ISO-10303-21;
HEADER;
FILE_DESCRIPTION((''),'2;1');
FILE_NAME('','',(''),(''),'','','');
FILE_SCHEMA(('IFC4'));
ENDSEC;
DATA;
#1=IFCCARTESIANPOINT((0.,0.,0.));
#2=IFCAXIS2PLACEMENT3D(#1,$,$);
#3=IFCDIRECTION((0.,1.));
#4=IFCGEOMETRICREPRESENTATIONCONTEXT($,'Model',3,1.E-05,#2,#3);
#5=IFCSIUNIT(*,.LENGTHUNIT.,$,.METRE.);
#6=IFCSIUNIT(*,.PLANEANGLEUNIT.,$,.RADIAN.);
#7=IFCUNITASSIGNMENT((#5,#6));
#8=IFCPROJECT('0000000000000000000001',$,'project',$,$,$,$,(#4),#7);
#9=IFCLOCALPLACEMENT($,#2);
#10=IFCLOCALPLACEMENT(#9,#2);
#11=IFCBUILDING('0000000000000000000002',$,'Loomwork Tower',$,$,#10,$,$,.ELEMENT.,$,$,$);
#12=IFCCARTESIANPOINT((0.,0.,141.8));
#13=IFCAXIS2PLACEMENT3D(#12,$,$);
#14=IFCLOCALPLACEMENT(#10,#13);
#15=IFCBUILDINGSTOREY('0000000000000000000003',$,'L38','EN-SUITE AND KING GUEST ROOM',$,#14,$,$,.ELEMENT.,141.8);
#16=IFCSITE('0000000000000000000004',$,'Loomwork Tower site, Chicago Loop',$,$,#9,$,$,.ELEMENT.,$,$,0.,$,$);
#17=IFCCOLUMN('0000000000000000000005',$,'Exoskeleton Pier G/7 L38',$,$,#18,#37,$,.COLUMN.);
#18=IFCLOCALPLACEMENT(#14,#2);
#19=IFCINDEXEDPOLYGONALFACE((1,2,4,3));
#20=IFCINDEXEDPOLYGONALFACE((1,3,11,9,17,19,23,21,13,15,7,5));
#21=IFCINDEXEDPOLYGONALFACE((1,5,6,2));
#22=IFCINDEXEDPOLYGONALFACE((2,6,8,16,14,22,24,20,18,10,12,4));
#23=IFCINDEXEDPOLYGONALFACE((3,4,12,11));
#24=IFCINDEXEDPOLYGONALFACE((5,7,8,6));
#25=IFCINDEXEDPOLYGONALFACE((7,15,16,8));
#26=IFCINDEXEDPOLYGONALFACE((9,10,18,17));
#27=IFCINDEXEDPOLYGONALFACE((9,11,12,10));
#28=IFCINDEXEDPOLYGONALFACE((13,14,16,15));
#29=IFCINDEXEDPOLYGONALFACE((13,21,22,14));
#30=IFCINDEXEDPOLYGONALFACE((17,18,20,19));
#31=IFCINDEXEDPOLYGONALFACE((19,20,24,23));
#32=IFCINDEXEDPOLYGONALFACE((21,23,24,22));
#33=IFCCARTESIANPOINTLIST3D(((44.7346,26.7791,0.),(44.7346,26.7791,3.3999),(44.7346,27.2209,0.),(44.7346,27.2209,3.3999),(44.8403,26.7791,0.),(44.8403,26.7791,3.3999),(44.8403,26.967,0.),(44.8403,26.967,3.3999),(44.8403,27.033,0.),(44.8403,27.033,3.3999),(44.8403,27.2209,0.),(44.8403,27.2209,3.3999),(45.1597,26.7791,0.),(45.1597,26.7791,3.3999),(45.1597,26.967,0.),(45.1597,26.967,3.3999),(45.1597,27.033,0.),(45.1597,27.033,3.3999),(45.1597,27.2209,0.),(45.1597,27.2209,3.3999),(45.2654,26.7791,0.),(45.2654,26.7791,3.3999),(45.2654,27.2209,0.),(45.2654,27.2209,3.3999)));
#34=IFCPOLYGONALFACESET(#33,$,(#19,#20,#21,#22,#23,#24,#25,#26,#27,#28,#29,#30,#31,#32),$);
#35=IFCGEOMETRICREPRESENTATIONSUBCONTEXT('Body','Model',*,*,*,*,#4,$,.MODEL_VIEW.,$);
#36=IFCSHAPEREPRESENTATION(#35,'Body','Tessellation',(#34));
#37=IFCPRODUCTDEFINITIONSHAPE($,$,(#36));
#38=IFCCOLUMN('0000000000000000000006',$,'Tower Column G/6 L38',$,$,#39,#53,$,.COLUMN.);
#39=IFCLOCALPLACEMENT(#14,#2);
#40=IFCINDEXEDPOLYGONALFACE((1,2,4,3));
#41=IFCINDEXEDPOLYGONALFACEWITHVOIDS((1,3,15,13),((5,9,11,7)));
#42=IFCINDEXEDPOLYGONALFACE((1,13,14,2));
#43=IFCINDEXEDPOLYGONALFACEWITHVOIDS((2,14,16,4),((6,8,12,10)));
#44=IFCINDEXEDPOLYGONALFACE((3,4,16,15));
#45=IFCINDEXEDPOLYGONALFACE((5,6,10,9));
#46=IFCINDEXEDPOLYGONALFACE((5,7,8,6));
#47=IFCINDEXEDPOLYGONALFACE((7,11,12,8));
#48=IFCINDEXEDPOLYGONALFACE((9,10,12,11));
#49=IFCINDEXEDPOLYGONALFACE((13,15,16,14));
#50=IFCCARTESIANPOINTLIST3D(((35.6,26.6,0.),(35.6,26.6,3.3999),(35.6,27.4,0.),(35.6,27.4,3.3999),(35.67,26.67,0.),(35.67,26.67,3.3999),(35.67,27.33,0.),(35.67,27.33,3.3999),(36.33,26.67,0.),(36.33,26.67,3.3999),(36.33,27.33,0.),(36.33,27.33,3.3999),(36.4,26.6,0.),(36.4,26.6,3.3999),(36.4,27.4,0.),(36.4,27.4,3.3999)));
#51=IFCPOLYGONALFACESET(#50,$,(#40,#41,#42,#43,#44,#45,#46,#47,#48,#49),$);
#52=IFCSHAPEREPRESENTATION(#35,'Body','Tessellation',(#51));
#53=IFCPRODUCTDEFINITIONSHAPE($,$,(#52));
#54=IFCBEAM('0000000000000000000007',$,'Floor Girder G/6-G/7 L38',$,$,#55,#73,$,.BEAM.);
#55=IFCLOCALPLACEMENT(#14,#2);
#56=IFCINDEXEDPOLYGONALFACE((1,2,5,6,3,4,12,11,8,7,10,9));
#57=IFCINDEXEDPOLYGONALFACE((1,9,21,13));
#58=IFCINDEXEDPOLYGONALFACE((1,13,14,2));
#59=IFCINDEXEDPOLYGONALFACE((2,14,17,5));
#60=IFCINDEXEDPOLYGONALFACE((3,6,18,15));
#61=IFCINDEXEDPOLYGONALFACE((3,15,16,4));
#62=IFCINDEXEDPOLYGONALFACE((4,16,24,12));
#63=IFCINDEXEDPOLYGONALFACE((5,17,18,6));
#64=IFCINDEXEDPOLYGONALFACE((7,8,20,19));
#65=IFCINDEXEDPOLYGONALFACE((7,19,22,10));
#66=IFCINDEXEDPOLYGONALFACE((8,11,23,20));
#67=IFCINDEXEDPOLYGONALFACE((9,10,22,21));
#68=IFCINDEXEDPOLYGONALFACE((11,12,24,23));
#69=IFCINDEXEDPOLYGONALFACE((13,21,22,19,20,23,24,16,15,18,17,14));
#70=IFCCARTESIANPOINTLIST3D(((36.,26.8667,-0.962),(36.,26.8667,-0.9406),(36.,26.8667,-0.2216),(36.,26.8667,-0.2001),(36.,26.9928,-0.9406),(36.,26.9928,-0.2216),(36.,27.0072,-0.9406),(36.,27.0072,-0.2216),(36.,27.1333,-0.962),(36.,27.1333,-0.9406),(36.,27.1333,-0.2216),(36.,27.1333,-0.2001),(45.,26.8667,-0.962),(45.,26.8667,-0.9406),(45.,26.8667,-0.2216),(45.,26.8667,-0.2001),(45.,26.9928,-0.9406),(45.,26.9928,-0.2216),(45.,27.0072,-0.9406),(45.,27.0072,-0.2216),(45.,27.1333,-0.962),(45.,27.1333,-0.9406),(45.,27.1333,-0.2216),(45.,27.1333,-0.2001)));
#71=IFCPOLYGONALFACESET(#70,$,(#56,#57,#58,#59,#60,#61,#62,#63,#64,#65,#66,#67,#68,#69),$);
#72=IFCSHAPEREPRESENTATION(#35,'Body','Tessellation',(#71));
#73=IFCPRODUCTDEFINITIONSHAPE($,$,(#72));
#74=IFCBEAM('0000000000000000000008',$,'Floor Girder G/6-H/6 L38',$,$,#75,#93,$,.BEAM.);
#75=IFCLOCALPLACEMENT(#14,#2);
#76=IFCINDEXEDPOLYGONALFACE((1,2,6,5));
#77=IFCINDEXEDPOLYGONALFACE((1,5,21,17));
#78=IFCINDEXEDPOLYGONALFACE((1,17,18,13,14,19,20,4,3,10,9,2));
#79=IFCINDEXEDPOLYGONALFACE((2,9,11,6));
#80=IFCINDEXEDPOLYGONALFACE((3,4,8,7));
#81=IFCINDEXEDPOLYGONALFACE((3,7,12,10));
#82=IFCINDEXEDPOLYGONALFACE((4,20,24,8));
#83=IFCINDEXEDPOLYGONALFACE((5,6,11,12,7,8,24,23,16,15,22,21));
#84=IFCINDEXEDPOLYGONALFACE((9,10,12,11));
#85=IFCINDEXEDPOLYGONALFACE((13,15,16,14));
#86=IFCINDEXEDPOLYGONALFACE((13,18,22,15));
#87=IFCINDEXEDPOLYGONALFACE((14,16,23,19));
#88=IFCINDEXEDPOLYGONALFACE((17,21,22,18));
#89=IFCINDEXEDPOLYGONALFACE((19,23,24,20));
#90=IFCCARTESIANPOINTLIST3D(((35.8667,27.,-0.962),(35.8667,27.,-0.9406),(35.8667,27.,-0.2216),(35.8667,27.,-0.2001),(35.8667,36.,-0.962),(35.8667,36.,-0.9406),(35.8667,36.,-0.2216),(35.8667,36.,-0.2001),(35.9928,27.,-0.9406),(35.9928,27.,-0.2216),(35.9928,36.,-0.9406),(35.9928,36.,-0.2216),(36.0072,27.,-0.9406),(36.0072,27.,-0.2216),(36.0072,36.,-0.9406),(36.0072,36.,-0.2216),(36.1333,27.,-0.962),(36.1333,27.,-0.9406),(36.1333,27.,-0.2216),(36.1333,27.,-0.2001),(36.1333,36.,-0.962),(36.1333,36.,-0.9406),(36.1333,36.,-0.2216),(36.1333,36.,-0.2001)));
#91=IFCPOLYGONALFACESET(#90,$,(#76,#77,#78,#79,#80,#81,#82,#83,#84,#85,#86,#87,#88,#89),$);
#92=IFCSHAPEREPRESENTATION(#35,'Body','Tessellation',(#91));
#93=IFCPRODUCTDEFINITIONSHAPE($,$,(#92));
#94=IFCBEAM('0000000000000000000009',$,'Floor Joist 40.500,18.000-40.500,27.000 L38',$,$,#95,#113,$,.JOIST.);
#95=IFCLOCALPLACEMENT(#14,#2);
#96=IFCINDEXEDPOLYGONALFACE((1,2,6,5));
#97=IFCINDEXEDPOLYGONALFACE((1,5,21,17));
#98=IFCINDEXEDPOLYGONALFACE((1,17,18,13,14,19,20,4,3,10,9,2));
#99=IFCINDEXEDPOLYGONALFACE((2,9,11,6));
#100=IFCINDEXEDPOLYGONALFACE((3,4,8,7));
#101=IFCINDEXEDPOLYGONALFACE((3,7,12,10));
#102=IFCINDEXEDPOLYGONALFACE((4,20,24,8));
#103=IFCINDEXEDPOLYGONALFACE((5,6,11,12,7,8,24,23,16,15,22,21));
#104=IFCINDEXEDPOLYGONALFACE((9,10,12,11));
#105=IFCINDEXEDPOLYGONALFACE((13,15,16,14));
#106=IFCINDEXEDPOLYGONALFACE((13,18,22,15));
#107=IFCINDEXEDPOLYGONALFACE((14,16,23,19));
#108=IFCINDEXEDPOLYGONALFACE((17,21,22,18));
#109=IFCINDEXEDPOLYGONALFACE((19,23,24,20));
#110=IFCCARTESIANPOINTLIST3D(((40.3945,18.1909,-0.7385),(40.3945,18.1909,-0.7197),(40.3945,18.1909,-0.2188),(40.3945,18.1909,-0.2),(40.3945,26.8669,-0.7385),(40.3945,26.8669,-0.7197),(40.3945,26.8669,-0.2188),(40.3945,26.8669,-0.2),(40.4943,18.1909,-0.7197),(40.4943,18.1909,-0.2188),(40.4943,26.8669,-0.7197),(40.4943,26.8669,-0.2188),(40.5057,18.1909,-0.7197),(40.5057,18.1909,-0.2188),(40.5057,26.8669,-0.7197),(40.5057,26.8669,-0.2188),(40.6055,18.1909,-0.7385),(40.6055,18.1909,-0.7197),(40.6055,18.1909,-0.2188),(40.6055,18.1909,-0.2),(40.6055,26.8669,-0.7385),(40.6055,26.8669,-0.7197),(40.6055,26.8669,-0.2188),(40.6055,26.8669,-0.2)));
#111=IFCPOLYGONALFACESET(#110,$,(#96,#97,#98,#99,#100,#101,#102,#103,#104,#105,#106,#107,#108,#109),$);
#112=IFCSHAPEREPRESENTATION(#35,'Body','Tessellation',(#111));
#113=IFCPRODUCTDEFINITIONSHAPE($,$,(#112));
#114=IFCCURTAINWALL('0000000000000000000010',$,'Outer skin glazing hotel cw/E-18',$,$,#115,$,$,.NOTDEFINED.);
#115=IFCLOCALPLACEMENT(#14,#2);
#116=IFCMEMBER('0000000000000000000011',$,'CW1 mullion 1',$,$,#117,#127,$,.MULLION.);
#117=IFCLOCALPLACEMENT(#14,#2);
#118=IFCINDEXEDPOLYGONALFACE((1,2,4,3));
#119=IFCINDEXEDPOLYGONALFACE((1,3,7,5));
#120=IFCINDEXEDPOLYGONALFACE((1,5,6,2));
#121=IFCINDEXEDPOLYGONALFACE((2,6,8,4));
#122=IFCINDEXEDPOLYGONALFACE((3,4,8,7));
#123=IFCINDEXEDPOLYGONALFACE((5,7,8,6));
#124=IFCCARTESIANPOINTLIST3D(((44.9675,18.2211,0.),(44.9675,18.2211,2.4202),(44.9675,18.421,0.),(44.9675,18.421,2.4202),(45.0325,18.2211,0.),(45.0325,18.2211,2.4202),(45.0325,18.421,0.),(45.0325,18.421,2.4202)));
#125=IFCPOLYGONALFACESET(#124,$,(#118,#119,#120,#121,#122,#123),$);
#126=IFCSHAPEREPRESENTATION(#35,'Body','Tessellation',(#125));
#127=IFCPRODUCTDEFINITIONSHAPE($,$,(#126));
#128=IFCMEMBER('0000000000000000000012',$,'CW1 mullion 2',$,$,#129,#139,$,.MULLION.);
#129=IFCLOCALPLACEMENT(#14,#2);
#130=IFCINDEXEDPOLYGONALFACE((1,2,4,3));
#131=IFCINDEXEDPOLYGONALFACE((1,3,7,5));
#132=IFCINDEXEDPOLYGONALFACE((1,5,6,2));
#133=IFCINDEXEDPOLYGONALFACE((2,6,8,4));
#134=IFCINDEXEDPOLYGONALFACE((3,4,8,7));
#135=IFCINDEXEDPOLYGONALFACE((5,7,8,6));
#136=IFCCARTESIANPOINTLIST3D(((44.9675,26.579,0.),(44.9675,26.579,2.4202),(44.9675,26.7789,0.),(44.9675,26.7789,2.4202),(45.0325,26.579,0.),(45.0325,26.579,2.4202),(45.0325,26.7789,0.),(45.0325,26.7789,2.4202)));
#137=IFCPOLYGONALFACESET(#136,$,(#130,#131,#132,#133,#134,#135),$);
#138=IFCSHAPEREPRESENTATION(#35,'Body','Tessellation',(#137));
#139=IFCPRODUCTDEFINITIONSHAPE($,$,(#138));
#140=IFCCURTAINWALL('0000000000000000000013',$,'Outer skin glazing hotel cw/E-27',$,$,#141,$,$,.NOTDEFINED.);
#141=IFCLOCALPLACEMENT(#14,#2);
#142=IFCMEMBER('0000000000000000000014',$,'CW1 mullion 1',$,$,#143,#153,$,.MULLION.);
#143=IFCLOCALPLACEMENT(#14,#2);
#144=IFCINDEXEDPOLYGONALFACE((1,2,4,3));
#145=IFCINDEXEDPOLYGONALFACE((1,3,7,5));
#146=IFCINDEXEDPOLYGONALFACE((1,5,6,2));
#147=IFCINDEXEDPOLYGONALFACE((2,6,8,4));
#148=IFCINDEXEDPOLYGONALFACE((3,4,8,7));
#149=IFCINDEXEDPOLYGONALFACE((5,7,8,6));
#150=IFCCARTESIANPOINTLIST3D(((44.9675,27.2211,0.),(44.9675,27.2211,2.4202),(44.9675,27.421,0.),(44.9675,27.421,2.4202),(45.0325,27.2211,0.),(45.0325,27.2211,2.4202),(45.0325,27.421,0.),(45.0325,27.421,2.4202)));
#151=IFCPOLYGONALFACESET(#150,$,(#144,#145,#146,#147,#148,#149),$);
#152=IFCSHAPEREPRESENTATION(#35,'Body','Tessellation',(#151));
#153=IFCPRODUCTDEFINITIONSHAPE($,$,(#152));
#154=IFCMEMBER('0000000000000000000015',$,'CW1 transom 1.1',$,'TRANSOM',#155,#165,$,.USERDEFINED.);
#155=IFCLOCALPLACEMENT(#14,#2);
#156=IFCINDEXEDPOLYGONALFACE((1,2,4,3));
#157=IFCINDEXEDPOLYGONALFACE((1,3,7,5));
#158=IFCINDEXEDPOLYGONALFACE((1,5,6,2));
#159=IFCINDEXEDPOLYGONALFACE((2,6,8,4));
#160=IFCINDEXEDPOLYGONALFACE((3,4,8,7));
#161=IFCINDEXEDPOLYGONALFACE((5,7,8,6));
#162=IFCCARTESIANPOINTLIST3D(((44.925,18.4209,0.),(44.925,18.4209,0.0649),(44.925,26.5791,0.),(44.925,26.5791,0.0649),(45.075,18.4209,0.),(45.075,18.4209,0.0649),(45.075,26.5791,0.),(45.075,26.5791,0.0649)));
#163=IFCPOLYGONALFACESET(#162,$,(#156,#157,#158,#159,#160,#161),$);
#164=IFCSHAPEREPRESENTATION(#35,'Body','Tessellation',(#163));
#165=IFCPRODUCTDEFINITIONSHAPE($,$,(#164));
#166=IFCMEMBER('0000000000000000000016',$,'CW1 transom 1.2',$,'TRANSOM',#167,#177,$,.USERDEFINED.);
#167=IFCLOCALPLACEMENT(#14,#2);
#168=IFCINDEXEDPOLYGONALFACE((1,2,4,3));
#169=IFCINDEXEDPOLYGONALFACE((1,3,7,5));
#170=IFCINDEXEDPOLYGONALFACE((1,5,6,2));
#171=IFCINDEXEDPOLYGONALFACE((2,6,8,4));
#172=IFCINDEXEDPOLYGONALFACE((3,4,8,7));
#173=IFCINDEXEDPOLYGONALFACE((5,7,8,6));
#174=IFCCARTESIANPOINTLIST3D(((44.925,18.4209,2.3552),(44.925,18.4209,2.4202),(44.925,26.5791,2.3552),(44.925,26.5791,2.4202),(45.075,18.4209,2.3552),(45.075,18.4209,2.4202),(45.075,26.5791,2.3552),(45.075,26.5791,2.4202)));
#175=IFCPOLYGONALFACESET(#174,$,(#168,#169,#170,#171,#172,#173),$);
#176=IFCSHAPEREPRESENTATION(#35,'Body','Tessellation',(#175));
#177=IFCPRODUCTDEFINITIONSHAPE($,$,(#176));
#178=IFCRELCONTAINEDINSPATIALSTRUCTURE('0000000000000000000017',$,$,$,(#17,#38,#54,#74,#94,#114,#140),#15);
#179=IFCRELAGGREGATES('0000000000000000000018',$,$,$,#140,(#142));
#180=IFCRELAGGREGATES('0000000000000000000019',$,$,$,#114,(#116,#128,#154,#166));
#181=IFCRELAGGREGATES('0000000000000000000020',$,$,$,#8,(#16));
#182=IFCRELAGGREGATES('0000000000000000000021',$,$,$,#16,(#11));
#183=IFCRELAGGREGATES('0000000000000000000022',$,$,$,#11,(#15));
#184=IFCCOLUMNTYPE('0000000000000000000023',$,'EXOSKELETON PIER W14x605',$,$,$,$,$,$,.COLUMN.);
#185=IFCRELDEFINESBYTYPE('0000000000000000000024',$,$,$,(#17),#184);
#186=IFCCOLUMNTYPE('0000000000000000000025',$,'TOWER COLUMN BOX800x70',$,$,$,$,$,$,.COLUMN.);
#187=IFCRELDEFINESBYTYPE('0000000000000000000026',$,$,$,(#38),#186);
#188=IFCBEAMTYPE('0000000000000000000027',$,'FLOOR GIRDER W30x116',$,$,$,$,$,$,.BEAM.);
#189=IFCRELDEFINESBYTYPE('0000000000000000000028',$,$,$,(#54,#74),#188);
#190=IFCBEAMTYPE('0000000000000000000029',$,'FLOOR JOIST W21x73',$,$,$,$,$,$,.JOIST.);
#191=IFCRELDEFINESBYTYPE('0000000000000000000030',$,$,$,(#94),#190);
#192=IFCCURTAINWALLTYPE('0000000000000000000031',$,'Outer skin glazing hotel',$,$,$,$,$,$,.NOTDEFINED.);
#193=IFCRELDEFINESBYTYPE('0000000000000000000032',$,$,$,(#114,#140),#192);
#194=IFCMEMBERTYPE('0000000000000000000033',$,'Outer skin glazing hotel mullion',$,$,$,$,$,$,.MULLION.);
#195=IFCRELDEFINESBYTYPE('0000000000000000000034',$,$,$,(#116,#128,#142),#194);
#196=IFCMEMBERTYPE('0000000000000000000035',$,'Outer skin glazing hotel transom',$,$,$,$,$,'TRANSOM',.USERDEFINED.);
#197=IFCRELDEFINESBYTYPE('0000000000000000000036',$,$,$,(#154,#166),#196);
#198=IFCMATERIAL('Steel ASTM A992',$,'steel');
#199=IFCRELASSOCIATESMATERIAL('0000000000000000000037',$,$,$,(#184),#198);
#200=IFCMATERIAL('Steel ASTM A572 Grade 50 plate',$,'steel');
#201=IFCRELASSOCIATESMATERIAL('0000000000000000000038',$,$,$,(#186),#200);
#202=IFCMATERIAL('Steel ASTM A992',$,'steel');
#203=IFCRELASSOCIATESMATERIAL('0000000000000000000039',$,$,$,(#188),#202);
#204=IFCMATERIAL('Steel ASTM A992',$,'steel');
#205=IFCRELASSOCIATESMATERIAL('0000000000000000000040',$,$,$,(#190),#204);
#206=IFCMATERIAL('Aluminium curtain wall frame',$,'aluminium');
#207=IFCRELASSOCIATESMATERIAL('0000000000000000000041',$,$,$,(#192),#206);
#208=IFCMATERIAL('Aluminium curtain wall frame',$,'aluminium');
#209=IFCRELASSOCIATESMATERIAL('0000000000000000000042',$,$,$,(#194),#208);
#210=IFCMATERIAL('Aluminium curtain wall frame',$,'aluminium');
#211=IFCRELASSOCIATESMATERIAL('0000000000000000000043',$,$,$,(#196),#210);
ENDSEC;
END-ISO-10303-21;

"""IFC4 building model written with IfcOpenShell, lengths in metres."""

from ifc_helpers import new_model, si_unit, direction, frame, origin, origin_2d, place, context, subcontext, project, spatial, rectangle, hollow_rectangle, i_section, extrude, material, material_profile, profile_set, type_object, element, aggregate, save


model = new_model("IFC4")

# Units and contexts
model_context = context("Model", 3, precision=1e-05, world=origin(), true_north=direction((0.0, 1.0)))
body_context = subcontext(model_context, "Body", "Model", "MODEL_VIEW")
ifc_project = project(units=[si_unit("LENGTHUNIT", "METRE"), si_unit("PLANEANGLEUNIT", "RADIAN")], contexts=[model_context])

# Site, building, storey
site_placement = place(None, origin())
site = spatial("IfcSite", under=ifc_project, at=site_placement, Name="Loomwork Tower site, Chicago Loop", CompositionType="ELEMENT", RefElevation=0.0)
building_placement = place(site_placement, origin())
building = spatial("IfcBuilding", under=site, at=building_placement, Name="Loomwork Tower", CompositionType="ELEMENT")
storey_placement = place(building_placement, frame((0.0, 0.0, 141.8)))
storey = spatial("IfcBuildingStorey", under=building, at=storey_placement, Name="L38", Description="EN-SUITE AND KING GUEST ROOM", CompositionType="ELEMENT", Elevation=141.8)

# Columns
ifc_material_1 = material(Name="Steel ASTM A992", Category="steel")
ifc_material_profile_1 = material_profile(ifc_material_1, i_section(OverallWidth=0.4419, OverallDepth=0.5308, WebThickness=0.0659, FlangeThickness=0.1057, at=origin_2d()), Name="W14x605")
ifc_profile_set_1 = profile_set([ifc_material_profile_1], Name="Steel ASTM A992")
column_type_1 = type_object("IfcColumnType", Name="EXOSKELETON PIER W14x605", PredefinedType="COLUMN", material=ifc_profile_set_1)
column_1_placement = place(storey_placement, frame((45.0, 27.0, 0.0), z_axis=(0.0, 0.0, 1.0), x_axis=(0.0, 1.0, 0.0)))
element("IfcColumn", 1, at=column_1_placement, inside=storey, type_object=column_type_1, Name="Exoskeleton Pier G/7 L38", PredefinedType="COLUMN", context=body_context, shape_type="SweptSolid", body=[
    extrude(i_section(OverallWidth=0.4419, OverallDepth=0.5308, WebThickness=0.0659, FlangeThickness=0.1057, at=origin_2d()), origin(), (0.0, 0.0, 1.0), 3.3999),
])
ifc_material_2 = material(Name="Steel ASTM A572 Grade 50 plate", Category="steel")
ifc_material_profile_2 = material_profile(ifc_material_2, hollow_rectangle(XDim=0.8, YDim=0.8, WallThickness=0.0701, at=origin_2d()), Name="BOX800x70")
ifc_profile_set_2 = profile_set([ifc_material_profile_2], Name="Steel ASTM A572 Grade 50 plate")
column_type_2 = type_object("IfcColumnType", Name="TOWER COLUMN BOX800x70", PredefinedType="COLUMN", material=ifc_profile_set_2)
column_2_placement = place(storey_placement, frame((36.0, 27.0, 0.0), z_axis=(0.0, 0.0, 1.0), x_axis=(1.0, 0.0, 0.0)))
element("IfcColumn", 2, at=column_2_placement, inside=storey, type_object=column_type_2, Name="Tower Column G/6 L38", PredefinedType="COLUMN", context=body_context, shape_type="SweptSolid", body=[
    extrude(hollow_rectangle(XDim=0.8, YDim=0.8, WallThickness=0.0701, at=origin_2d()), origin(), (0.0, 0.0, 1.0), 3.3999),
])

# Beams
ifc_material_3 = material(Name="Steel ASTM A992", Category="steel")
ifc_material_profile_3 = material_profile(ifc_material_3, i_section(OverallWidth=0.2666, OverallDepth=0.762, WebThickness=0.0144, FlangeThickness=0.0215, at=origin_2d()), Name="W30x116")
ifc_profile_set_3 = profile_set([ifc_material_profile_3], Name="Steel ASTM A992")
beam_type_1 = type_object("IfcBeamType", Name="FLOOR GIRDER W30x116", PredefinedType="BEAM", material=ifc_profile_set_3)
for number, where, z_axis, x_axis, name in (
    (3, (36.0, 27.0, -0.5811), (1.0, 0.0, 0.0), (0.0, 1.0, 0.0), "Floor Girder G/6-G/7 L38"),
    (4, (36.0, 27.0, -0.5811), (0.0, 1.0, 0.0), (-1.0, 0.0, 0.0), "Floor Girder G/6-H/6 L38"),
):
    element("IfcBeam", number, at=place(storey_placement, frame(where, z_axis=z_axis, x_axis=x_axis)), inside=storey, type_object=beam_type_1, Name=name, PredefinedType="BEAM", context=body_context, shape_type="SweptSolid", body=[
        extrude(i_section(OverallWidth=0.2666, OverallDepth=0.762, WebThickness=0.0144, FlangeThickness=0.0215, at=origin_2d()), origin(), (0.0, 0.0, 1.0), 9.0),
    ])
ifc_material_4 = material(Name="Steel ASTM A992", Category="steel")
ifc_material_profile_4 = material_profile(ifc_material_4, i_section(OverallWidth=0.2109, OverallDepth=0.5386, WebThickness=0.0115, FlangeThickness=0.0188, at=origin_2d()), Name="W21x73")
ifc_profile_set_4 = profile_set([ifc_material_profile_4], Name="Steel ASTM A992")
beam_type_2 = type_object("IfcBeamType", Name="FLOOR JOIST W21x73", PredefinedType="JOIST", material=ifc_profile_set_4)
beam_1_placement = place(storey_placement, frame((40.5, 18.1909, -0.4692), z_axis=(0.0, 1.0, 0.0), x_axis=(-1.0, 0.0, 0.0)))
element("IfcBeam", 5, at=beam_1_placement, inside=storey, type_object=beam_type_2, Name="Floor Joist 40.500,18.000-40.500,27.000 L38", PredefinedType="JOIST", context=body_context, shape_type="SweptSolid", body=[
    extrude(i_section(OverallWidth=0.2109, OverallDepth=0.5386, WebThickness=0.0115, FlangeThickness=0.0188, at=origin_2d()), origin(), (0.0, 0.0, 1.0), 8.676),
])

# Curtain wall, members
ifc_material_5 = material(Name="Aluminium curtain wall frame", Category="aluminium")
curtain_wall_type = type_object("IfcCurtainWallType", Name="Outer skin glazing hotel", PredefinedType="NOTDEFINED", material=ifc_material_5)
curtain_wall_1_placement = place(storey_placement, origin())
curtain_wall_1 = element("IfcCurtainWall", 6, at=curtain_wall_1_placement, inside=storey, type_object=curtain_wall_type, Name="Outer skin glazing hotel cw/E-18", PredefinedType="NOTDEFINED")
ifc_material_6 = material(Name="Aluminium curtain wall frame", Category="aluminium")
ifc_material_profile_5 = material_profile(ifc_material_6, rectangle(XDim=0.0649, YDim=0.2, at=origin_2d()), Name="AL 65x200")
ifc_profile_set_5 = profile_set([ifc_material_profile_5], Name="Aluminium curtain wall frame")
member_type_1 = type_object("IfcMemberType", Name="Outer skin glazing hotel mullion", PredefinedType="MULLION", material=ifc_profile_set_5)
member_1_placement = place(storey_placement, frame((45.0, 18.321, 0.0), z_axis=(0.0, 0.0, 1.0), x_axis=(-1.0, 0.0, 0.0)))
member_1 = element("IfcMember", 7, at=member_1_placement, type_object=member_type_1, Name="CW1 mullion 1", PredefinedType="MULLION", context=body_context, shape_type="SweptSolid", body=[
    extrude(rectangle(XDim=0.0649, YDim=0.2, at=origin_2d()), origin(), (0.0, 0.0, 1.0), 2.4202),
])
member_2_placement = place(storey_placement, frame((45.0, 26.679, 0.0), z_axis=(0.0, 0.0, 1.0), x_axis=(-1.0, 0.0, 0.0)))
member_2 = element("IfcMember", 8, at=member_2_placement, type_object=member_type_1, Name="CW1 mullion 2", PredefinedType="MULLION", context=body_context, shape_type="SweptSolid", body=[
    extrude(rectangle(XDim=0.0649, YDim=0.2, at=origin_2d()), origin(), (0.0, 0.0, 1.0), 2.4202),
])

# Curtain wall, member
curtain_wall_2_placement = place(storey_placement, origin())
curtain_wall_2 = element("IfcCurtainWall", 9, at=curtain_wall_2_placement, inside=storey, type_object=curtain_wall_type, Name="Outer skin glazing hotel cw/E-27", PredefinedType="NOTDEFINED")
member_3_placement = place(storey_placement, frame((45.0, 27.321, 0.0), z_axis=(0.0, 0.0, 1.0), x_axis=(-1.0, 0.0, 0.0)))
member_3 = element("IfcMember", 10, at=member_3_placement, type_object=member_type_1, Name="CW1 mullion 1", PredefinedType="MULLION", context=body_context, shape_type="SweptSolid", body=[
    extrude(rectangle(XDim=0.0649, YDim=0.2, at=origin_2d()), origin(), (0.0, 0.0, 1.0), 2.4202),
])
aggregate(curtain_wall_2, [member_3])

# Members
ifc_material_7 = material(Name="Aluminium curtain wall frame", Category="aluminium")
ifc_material_profile_6 = material_profile(ifc_material_7, rectangle(XDim=0.1499, YDim=0.0649, at=origin_2d()), Name="AL 65x150")
ifc_profile_set_6 = profile_set([ifc_material_profile_6], Name="Aluminium curtain wall frame")
member_type_2 = type_object("IfcMemberType", Name="Outer skin glazing hotel transom", ElementType="TRANSOM", PredefinedType="USERDEFINED", material=ifc_profile_set_6)
member_4_placement = place(storey_placement, frame((45.0, 18.4209, 0.0325), z_axis=(0.0, 1.0, 0.0), x_axis=(-1.0, 0.0, 0.0)))
member_4 = element("IfcMember", 11, at=member_4_placement, type_object=member_type_2, Name="CW1 transom 1.1", ObjectType="TRANSOM", PredefinedType="USERDEFINED", context=body_context, shape_type="SweptSolid", body=[
    extrude(rectangle(XDim=0.1499, YDim=0.0649, at=origin_2d()), origin(), (0.0, 0.0, 1.0), 8.1582),
])
member_5_placement = place(storey_placement, frame((45.0, 18.4209, 2.3877), z_axis=(0.0, 1.0, 0.0), x_axis=(-1.0, 0.0, 0.0)))
member_5 = element("IfcMember", 12, at=member_5_placement, type_object=member_type_2, Name="CW1 transom 1.2", ObjectType="TRANSOM", PredefinedType="USERDEFINED", context=body_context, shape_type="SweptSolid", body=[
    extrude(rectangle(XDim=0.1499, YDim=0.0649, at=origin_2d()), origin(), (0.0, 0.0, 1.0), 8.1582),
])

aggregate(curtain_wall_1, [member_1, member_2, member_4, member_5])

save(model, "model.ifc")
